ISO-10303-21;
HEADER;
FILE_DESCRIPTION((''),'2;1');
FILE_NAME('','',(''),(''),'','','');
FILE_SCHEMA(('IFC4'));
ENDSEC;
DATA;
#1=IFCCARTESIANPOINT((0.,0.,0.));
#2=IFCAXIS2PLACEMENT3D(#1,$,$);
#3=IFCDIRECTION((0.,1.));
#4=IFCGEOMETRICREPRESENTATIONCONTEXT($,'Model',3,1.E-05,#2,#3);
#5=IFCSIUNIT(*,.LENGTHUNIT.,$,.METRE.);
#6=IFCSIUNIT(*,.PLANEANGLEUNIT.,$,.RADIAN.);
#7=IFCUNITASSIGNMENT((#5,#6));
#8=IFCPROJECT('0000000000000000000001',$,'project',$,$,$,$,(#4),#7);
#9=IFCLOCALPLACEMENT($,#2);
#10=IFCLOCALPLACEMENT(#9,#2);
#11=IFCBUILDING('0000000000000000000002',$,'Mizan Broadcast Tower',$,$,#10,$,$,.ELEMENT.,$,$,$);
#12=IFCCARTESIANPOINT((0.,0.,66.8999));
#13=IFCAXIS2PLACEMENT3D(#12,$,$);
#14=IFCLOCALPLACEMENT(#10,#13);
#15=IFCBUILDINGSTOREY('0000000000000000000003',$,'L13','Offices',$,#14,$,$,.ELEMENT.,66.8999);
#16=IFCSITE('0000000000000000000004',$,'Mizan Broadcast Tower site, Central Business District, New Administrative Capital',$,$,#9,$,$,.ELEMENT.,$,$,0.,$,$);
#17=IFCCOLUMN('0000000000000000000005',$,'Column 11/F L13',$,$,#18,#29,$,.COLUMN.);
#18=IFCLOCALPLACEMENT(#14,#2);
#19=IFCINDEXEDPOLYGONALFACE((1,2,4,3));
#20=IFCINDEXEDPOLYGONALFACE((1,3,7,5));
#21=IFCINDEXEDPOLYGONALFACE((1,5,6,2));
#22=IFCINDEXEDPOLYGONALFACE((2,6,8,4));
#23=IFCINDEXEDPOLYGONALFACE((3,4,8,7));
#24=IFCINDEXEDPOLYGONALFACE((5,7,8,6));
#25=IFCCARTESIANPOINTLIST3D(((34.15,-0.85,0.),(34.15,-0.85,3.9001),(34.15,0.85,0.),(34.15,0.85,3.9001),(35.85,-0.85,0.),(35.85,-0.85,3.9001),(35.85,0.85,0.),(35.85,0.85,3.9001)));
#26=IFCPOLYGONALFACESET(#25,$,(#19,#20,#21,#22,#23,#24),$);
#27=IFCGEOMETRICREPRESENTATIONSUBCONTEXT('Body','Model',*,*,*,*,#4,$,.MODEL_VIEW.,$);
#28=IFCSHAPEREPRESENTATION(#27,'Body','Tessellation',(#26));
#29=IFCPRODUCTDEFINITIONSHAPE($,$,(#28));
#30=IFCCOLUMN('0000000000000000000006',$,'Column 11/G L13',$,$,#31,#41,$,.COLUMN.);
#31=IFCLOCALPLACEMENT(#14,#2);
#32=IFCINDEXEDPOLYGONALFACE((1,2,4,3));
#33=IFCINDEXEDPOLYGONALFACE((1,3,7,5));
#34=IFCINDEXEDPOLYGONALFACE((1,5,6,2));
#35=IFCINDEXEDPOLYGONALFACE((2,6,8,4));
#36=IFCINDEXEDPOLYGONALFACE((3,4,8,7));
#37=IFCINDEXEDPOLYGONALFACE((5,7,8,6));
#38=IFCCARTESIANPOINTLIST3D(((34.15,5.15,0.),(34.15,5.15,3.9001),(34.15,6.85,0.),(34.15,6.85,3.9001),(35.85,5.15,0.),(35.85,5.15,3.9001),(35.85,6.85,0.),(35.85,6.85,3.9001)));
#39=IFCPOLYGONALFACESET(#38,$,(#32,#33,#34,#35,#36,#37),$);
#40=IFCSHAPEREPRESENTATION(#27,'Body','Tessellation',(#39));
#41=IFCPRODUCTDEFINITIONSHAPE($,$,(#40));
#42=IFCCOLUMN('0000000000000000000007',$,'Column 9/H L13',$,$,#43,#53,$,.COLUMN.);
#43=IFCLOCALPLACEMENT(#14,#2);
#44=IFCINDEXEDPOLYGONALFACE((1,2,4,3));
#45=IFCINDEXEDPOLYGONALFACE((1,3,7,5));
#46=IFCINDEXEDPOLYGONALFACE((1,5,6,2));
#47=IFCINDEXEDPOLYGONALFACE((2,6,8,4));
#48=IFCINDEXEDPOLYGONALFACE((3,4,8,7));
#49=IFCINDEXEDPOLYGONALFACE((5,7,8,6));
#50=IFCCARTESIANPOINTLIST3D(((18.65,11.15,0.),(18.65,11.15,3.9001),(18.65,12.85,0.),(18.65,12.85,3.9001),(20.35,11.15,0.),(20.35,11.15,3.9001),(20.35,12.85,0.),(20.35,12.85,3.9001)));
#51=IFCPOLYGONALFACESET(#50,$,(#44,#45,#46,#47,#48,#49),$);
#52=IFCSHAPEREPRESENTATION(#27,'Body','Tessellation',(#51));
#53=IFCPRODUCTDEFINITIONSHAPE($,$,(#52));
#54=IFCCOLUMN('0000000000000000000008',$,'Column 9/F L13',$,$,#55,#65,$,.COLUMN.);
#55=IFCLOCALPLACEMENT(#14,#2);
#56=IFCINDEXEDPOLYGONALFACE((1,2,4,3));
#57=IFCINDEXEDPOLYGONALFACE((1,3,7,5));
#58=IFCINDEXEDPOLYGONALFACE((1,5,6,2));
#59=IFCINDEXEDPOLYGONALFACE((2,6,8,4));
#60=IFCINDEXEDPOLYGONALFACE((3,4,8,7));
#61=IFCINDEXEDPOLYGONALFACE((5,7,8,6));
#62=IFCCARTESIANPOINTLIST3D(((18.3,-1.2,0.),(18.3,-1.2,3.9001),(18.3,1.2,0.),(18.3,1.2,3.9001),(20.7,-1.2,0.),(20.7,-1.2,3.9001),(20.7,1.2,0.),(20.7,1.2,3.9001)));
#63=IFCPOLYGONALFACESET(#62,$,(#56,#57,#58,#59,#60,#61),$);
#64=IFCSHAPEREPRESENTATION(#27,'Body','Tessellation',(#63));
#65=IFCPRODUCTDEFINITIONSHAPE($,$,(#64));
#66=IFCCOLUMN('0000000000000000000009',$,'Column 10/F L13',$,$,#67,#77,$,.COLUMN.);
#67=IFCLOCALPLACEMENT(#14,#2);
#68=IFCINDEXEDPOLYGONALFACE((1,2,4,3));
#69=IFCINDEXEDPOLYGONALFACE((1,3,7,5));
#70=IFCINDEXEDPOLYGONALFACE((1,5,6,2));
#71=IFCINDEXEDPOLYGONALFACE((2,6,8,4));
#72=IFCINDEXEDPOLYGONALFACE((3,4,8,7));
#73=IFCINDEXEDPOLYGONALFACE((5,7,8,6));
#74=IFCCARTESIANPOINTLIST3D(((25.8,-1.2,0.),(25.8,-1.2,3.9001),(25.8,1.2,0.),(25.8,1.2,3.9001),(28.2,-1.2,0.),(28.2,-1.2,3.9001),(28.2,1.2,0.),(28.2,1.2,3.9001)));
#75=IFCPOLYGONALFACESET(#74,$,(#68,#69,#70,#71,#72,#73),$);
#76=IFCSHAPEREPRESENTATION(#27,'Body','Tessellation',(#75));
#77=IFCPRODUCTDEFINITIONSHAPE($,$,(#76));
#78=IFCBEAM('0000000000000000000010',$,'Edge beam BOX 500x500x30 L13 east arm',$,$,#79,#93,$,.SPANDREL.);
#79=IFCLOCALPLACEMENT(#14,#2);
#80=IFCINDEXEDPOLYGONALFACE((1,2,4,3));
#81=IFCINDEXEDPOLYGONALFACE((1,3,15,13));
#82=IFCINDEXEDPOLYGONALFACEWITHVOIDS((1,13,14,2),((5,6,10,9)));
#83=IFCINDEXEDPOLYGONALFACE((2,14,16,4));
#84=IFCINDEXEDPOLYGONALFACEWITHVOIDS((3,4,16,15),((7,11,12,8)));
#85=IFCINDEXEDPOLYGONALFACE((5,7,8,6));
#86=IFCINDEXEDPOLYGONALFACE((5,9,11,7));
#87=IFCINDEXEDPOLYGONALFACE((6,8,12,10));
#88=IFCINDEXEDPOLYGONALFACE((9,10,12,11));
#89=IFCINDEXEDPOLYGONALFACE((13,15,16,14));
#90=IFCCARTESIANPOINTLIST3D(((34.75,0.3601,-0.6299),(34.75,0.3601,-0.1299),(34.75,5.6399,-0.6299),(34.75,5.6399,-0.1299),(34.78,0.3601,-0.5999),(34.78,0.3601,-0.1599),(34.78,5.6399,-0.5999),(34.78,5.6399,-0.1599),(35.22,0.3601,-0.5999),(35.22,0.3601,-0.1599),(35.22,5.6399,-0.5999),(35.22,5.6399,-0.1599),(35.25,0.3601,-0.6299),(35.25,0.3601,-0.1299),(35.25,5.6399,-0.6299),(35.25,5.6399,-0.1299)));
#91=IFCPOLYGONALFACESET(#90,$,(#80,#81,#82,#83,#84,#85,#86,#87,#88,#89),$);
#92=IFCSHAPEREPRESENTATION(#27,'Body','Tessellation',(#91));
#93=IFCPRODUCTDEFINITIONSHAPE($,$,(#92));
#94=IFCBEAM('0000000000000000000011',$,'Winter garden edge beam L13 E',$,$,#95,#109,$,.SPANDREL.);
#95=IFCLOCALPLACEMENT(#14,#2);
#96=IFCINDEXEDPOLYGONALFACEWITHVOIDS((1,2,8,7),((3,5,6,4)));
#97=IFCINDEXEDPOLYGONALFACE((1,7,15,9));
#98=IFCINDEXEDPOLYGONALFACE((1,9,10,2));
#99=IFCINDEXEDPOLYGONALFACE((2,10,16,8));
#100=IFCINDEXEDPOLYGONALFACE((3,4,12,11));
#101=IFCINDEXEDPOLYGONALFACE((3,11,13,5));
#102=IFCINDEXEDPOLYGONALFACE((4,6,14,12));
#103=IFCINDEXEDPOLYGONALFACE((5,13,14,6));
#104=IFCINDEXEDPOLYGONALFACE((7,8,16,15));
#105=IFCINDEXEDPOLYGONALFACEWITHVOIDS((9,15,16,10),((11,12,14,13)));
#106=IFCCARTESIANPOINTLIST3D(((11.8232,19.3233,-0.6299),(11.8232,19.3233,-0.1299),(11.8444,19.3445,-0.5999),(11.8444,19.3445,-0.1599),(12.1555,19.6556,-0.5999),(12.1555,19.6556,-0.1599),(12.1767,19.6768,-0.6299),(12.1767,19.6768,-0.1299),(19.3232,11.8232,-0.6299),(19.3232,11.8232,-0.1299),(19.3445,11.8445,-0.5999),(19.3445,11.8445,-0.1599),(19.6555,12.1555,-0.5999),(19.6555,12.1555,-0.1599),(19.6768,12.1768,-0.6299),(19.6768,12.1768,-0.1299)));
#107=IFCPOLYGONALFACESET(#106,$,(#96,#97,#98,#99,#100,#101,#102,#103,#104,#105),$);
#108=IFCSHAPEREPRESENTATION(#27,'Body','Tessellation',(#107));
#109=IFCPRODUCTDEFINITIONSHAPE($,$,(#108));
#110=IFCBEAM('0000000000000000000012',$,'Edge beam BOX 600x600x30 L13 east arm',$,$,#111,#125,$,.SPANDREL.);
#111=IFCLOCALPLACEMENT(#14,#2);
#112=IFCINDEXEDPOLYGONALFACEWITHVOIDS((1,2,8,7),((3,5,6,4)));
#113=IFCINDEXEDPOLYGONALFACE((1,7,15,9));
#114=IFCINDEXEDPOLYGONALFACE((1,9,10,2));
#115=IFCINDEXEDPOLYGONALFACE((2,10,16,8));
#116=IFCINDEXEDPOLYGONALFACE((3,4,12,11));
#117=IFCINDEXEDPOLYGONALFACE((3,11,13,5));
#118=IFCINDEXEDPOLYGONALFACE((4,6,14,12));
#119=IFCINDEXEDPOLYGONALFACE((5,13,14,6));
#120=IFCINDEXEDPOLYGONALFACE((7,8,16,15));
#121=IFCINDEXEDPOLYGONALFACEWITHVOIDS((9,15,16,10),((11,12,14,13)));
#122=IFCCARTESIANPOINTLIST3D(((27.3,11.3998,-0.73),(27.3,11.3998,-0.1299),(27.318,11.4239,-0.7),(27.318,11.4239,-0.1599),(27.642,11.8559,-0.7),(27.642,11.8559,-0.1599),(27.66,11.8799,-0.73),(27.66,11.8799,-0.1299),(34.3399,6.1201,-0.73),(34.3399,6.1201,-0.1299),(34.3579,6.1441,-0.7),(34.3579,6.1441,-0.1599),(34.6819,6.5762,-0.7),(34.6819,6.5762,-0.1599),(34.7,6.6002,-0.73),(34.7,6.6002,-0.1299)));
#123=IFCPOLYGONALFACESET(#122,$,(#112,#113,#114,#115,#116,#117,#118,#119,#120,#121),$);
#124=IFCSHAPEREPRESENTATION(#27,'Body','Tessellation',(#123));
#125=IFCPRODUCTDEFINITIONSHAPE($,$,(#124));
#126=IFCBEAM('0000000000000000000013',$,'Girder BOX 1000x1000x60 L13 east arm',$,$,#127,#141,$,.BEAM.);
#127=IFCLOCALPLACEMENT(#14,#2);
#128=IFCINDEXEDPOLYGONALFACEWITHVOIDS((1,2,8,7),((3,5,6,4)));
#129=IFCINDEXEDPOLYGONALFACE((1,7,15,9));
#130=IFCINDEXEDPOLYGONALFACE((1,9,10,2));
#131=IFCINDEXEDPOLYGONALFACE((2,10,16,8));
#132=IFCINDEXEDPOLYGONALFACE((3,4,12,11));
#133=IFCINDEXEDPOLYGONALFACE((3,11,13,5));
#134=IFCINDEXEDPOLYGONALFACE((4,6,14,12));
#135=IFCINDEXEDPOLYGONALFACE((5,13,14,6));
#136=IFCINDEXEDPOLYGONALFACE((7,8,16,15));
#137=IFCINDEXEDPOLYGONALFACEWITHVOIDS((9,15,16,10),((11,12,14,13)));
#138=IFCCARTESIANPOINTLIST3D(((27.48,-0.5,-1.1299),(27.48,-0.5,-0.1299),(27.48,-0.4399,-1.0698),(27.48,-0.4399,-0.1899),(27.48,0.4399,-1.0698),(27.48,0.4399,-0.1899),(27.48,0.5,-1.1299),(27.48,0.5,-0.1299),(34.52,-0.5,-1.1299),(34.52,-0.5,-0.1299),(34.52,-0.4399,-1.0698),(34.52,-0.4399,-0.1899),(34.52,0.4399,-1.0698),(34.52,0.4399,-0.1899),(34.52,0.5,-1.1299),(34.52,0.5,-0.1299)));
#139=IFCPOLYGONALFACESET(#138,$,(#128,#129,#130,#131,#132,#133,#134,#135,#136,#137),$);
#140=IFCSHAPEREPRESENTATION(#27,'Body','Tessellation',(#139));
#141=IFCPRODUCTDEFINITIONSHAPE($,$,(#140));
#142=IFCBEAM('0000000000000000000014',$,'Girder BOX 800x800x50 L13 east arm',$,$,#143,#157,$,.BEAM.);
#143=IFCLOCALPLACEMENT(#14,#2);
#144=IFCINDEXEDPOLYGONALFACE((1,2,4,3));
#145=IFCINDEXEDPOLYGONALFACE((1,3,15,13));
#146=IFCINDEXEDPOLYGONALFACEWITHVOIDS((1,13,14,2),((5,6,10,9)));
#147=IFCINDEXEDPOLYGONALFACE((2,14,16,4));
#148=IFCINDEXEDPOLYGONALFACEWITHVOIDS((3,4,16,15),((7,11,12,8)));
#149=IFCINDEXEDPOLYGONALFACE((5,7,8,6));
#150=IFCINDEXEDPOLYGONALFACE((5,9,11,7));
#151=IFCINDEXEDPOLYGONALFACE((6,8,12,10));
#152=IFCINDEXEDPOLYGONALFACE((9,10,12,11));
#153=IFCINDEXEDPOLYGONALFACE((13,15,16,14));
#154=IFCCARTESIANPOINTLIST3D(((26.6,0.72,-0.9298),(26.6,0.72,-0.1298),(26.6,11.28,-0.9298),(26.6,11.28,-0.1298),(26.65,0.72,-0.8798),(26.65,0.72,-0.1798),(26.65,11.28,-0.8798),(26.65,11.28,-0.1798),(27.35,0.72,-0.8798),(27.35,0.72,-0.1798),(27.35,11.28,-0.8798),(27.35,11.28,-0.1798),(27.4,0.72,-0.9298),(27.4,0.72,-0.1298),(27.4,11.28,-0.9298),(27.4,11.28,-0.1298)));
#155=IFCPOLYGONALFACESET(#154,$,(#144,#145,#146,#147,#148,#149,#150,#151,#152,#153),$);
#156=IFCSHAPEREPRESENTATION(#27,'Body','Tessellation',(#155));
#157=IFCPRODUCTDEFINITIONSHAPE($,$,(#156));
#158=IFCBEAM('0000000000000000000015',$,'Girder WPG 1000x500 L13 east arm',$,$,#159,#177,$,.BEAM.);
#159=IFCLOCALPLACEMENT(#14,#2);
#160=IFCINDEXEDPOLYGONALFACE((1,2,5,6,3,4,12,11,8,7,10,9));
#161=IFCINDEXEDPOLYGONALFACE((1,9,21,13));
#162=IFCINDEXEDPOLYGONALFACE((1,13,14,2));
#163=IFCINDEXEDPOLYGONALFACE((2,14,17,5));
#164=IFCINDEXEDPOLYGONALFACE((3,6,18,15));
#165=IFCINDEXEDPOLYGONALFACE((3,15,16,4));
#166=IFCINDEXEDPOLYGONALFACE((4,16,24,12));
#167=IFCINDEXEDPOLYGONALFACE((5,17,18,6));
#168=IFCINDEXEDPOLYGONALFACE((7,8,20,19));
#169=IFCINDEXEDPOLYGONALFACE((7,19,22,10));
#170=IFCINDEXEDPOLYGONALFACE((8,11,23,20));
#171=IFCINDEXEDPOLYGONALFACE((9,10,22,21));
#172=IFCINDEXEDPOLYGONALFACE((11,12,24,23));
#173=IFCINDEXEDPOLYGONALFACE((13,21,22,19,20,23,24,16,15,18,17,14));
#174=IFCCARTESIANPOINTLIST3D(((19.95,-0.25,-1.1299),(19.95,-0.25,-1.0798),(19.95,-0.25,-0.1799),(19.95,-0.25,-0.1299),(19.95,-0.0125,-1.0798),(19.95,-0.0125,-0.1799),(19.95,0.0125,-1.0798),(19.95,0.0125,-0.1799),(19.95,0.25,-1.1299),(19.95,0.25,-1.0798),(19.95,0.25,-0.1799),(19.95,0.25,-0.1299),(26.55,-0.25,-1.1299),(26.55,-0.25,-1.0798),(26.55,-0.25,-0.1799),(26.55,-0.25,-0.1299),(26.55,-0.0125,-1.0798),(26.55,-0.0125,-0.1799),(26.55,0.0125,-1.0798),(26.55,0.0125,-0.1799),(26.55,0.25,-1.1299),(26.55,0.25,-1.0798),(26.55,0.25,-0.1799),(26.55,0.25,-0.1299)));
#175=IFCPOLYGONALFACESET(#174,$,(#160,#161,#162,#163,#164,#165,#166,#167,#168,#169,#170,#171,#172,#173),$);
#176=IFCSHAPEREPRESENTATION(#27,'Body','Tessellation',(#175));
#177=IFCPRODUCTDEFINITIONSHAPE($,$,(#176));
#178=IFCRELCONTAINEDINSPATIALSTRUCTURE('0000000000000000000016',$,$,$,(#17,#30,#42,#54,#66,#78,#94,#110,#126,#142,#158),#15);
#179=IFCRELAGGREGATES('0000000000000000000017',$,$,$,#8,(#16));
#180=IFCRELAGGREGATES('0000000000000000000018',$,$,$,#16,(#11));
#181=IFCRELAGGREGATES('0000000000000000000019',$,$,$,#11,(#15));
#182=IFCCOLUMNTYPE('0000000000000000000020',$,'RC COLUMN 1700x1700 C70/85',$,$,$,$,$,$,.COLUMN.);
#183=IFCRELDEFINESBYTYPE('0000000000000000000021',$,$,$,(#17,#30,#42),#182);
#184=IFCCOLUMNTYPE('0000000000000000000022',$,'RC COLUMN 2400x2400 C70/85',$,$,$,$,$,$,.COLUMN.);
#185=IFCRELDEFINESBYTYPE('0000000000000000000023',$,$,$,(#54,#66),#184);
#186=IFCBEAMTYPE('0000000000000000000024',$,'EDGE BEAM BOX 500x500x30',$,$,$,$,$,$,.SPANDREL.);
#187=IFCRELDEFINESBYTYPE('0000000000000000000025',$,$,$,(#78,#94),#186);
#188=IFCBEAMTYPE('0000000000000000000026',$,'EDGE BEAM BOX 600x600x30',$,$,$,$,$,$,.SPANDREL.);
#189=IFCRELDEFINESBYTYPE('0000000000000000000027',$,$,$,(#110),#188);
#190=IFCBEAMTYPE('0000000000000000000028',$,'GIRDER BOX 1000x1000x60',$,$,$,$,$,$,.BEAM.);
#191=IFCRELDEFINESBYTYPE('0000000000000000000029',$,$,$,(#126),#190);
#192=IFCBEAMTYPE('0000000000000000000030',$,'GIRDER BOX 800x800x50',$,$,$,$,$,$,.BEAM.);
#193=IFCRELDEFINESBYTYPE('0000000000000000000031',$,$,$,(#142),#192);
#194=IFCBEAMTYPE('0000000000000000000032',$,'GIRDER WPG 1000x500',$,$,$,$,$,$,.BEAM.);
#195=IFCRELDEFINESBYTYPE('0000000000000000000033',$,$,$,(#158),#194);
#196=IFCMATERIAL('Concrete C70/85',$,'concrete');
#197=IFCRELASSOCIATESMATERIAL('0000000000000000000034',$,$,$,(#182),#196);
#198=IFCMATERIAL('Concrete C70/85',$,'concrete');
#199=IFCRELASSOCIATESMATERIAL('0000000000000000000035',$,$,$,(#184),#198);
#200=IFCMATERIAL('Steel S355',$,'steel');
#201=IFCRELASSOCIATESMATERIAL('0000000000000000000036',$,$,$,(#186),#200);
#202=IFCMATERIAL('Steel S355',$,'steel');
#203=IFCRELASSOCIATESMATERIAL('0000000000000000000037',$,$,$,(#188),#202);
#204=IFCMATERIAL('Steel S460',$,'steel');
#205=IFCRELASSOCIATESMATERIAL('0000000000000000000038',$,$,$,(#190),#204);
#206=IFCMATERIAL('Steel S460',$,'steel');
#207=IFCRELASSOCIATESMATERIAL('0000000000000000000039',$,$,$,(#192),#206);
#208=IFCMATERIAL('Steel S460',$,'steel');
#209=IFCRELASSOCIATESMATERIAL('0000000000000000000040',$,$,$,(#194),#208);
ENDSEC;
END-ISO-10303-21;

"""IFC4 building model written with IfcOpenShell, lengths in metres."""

from ifc_helpers import new_model, si_unit, direction, frame, origin, origin_2d, place, context, subcontext, project, spatial, rectangle, hollow_rectangle, i_section, extrude, material, material_profile, profile_set, type_object, element, save


model = new_model("IFC4")

# Units and contexts
model_context = context("Model", 3, precision=1e-05, world=origin(), true_north=direction((0.0, 1.0)))
body_context = subcontext(model_context, "Body", "Model", "MODEL_VIEW")
ifc_project = project(units=[si_unit("LENGTHUNIT", "METRE"), si_unit("PLANEANGLEUNIT", "RADIAN")], contexts=[model_context])

# Site, building, storey
site_placement = place(None, origin())
site = spatial("IfcSite", under=ifc_project, at=site_placement, Name="Mizan Broadcast Tower site, Central Business District, New Administrative Capital", CompositionType="ELEMENT", RefElevation=0.0)
building_placement = place(site_placement, origin())
building = spatial("IfcBuilding", under=site, at=building_placement, Name="Mizan Broadcast Tower", CompositionType="ELEMENT")
storey_placement = place(building_placement, frame((0.0, 0.0, 66.8999)))
storey = spatial("IfcBuildingStorey", under=building, at=storey_placement, Name="L13", Description="Offices", CompositionType="ELEMENT", Elevation=66.8999)

# Columns
ifc_material_1 = material(Name="Concrete C70/85", Category="concrete")
ifc_material_profile_1 = material_profile(ifc_material_1, rectangle(XDim=1.7, YDim=1.7, at=origin_2d()), Name="RC 1700x1700")
ifc_profile_set_1 = profile_set([ifc_material_profile_1], Name="Concrete C70/85")
column_type_1 = type_object("IfcColumnType", Name="RC COLUMN 1700x1700 C70/85", PredefinedType="COLUMN", material=ifc_profile_set_1)
for number, where, z_axis, x_axis, name in (
    (1, (35.0, 0.0, 0.0), (0.0, 0.0, 1.0), (1.0, 0.0, 0.0), "Column 11/F L13"),
    (2, (35.0, 6.0, 0.0), (0.0, 0.0, 1.0), (1.0, 0.0, 0.0), "Column 11/G L13"),
    (3, (19.5, 12.0, 0.0), (0.0, 0.0, 1.0), (1.0, 0.0, 0.0), "Column 9/H L13"),
):
    element("IfcColumn", number, at=place(storey_placement, frame(where, z_axis=z_axis, x_axis=x_axis)), inside=storey, type_object=column_type_1, Name=name, PredefinedType="COLUMN", context=body_context, shape_type="SweptSolid", body=[
        extrude(rectangle(XDim=1.7, YDim=1.7, at=origin_2d()), origin(), (0.0, 0.0, 1.0), 3.9001),
    ])
ifc_material_2 = material(Name="Concrete C70/85", Category="concrete")
ifc_material_profile_2 = material_profile(ifc_material_2, rectangle(XDim=2.3999, YDim=2.3999, at=origin_2d()), Name="RC 2400x2400")
ifc_profile_set_2 = profile_set([ifc_material_profile_2], Name="Concrete C70/85")
column_type_2 = type_object("IfcColumnType", Name="RC COLUMN 2400x2400 C70/85", PredefinedType="COLUMN", material=ifc_profile_set_2)
for number, where, z_axis, x_axis, name in (
    (4, (19.5, 0.0, 0.0), (0.0, 0.0, 1.0), (1.0, 0.0, 0.0), "Column 9/F L13"),
    (5, (27.0, 0.0, 0.0), (0.0, 0.0, 1.0), (1.0, 0.0, 0.0), "Column 10/F L13"),
):
    element("IfcColumn", number, at=place(storey_placement, frame(where, z_axis=z_axis, x_axis=x_axis)), inside=storey, type_object=column_type_2, Name=name, PredefinedType="COLUMN", context=body_context, shape_type="SweptSolid", body=[
        extrude(rectangle(XDim=2.3999, YDim=2.3999, at=origin_2d()), origin(), (0.0, 0.0, 1.0), 3.9001),
    ])

# Beams
ifc_material_3 = material(Name="Steel S355", Category="steel")
ifc_material_profile_3 = material_profile(ifc_material_3, hollow_rectangle(XDim=0.5, YDim=0.5, WallThickness=0.03, at=origin_2d()), Name="BOX 500x500x30")
ifc_profile_set_3 = profile_set([ifc_material_profile_3], Name="Steel S355")
beam_type_1 = type_object("IfcBeamType", Name="EDGE BEAM BOX 500x500x30", PredefinedType="SPANDREL", material=ifc_profile_set_3)
beam_1_placement = place(storey_placement, frame((35.0, 5.6399, -0.3799), z_axis=(0.0, -1.0, 0.0), x_axis=(1.0, 0.0, 0.0)))
element("IfcBeam", 6, at=beam_1_placement, inside=storey, type_object=beam_type_1, Name="Edge beam BOX 500x500x30 L13 east arm", PredefinedType="SPANDREL", context=body_context, shape_type="SweptSolid", body=[
    extrude(hollow_rectangle(XDim=0.5, YDim=0.5, WallThickness=0.03, at=origin_2d()), origin(), (0.0, 0.0, 1.0), 5.2798),
])
beam_2_placement = place(storey_placement, frame((19.5, 12.0, -0.3799), z_axis=(-0.707107, 0.707107, 0.0), x_axis=(-0.707107, -0.707107, 0.0)))
element("IfcBeam", 7, at=beam_2_placement, inside=storey, type_object=beam_type_1, Name="Winter garden edge beam L13 E", PredefinedType="SPANDREL", context=body_context, shape_type="SweptSolid", body=[
    extrude(hollow_rectangle(XDim=0.5, YDim=0.5, WallThickness=0.03, at=origin_2d()), origin(), (0.0, 0.0, 1.0), 10.6067),
])
ifc_material_4 = material(Name="Steel S355", Category="steel")
ifc_material_profile_4 = material_profile(ifc_material_4, hollow_rectangle(XDim=0.6001, YDim=0.6001, WallThickness=0.03, at=origin_2d()), Name="BOX 600x600x30")
ifc_profile_set_4 = profile_set([ifc_material_profile_4], Name="Steel S355")
beam_type_2 = type_object("IfcBeamType", Name="EDGE BEAM BOX 600x600x30", PredefinedType="SPANDREL", material=ifc_profile_set_4)
beam_3_placement = place(storey_placement, frame((27.48, 11.6399, -0.4299), z_axis=(0.800013, -0.599982, 0.0), x_axis=(0.599982, 0.800013, 0.0)))
element("IfcBeam", 8, at=beam_3_placement, inside=storey, type_object=beam_type_2, Name="Edge beam BOX 600x600x30 L13 east arm", PredefinedType="SPANDREL", context=body_context, shape_type="SweptSolid", body=[
    extrude(hollow_rectangle(XDim=0.6001, YDim=0.6001, WallThickness=0.03, at=origin_2d()), origin(), (0.0, 0.0, 1.0), 8.7998),
])
ifc_material_5 = material(Name="Steel S460", Category="steel")
ifc_material_profile_5 = material_profile(ifc_material_5, hollow_rectangle(XDim=1.0, YDim=1.0, WallThickness=0.0601, at=origin_2d()), Name="BOX 1000x1000x60")
ifc_profile_set_5 = profile_set([ifc_material_profile_5], Name="Steel S460")
beam_type_3 = type_object("IfcBeamType", Name="GIRDER BOX 1000x1000x60", PredefinedType="BEAM", material=ifc_profile_set_5)
beam_4_placement = place(storey_placement, frame((27.48, 0.0, -0.6299), z_axis=(1.0, 0.0, 0.0), x_axis=(0.0, 1.0, 0.0)))
element("IfcBeam", 9, at=beam_4_placement, inside=storey, type_object=beam_type_3, Name="Girder BOX 1000x1000x60 L13 east arm", PredefinedType="BEAM", context=body_context, shape_type="SweptSolid", body=[
    extrude(hollow_rectangle(XDim=1.0, YDim=1.0, WallThickness=0.0601, at=origin_2d()), origin(), (0.0, 0.0, 1.0), 7.04),
])
ifc_material_6 = material(Name="Steel S460", Category="steel")
ifc_material_profile_6 = material_profile(ifc_material_6, hollow_rectangle(XDim=0.8, YDim=0.8, WallThickness=0.05, at=origin_2d()), Name="BOX 800x800x50")
ifc_profile_set_6 = profile_set([ifc_material_profile_6], Name="Steel S460")
beam_type_4 = type_object("IfcBeamType", Name="GIRDER BOX 800x800x50", PredefinedType="BEAM", material=ifc_profile_set_6)
beam_5_placement = place(storey_placement, frame((27.0, 11.28, -0.5298), z_axis=(0.0, -1.0, 0.0), x_axis=(1.0, 0.0, 0.0)))
element("IfcBeam", 10, at=beam_5_placement, inside=storey, type_object=beam_type_4, Name="Girder BOX 800x800x50 L13 east arm", PredefinedType="BEAM", context=body_context, shape_type="SweptSolid", body=[
    extrude(hollow_rectangle(XDim=0.8, YDim=0.8, WallThickness=0.05, at=origin_2d()), origin(), (0.0, 0.0, 1.0), 10.5601),
])
ifc_material_7 = material(Name="Steel S460", Category="steel")
ifc_material_profile_7 = material_profile(ifc_material_7, i_section(OverallWidth=0.5, OverallDepth=1.0, WebThickness=0.0249, FlangeThickness=0.05, at=origin_2d()), Name="WPG 1000x500")
ifc_profile_set_7 = profile_set([ifc_material_profile_7], Name="Steel S460")
beam_type_5 = type_object("IfcBeamType", Name="GIRDER WPG 1000x500", PredefinedType="BEAM", material=ifc_profile_set_7)
beam_6_placement = place(storey_placement, frame((19.95, 0.0, -0.6299), z_axis=(1.0, 0.0, 0.0), x_axis=(0.0, 1.0, 0.0)))
element("IfcBeam", 11, at=beam_6_placement, inside=storey, type_object=beam_type_5, Name="Girder WPG 1000x500 L13 east arm", PredefinedType="BEAM", context=body_context, shape_type="SweptSolid", body=[
    extrude(i_section(OverallWidth=0.5, OverallDepth=1.0, WebThickness=0.0249, FlangeThickness=0.05, at=origin_2d()), origin(), (0.0, 0.0, 1.0), 6.6001),
])

save(model, "model.ifc")
